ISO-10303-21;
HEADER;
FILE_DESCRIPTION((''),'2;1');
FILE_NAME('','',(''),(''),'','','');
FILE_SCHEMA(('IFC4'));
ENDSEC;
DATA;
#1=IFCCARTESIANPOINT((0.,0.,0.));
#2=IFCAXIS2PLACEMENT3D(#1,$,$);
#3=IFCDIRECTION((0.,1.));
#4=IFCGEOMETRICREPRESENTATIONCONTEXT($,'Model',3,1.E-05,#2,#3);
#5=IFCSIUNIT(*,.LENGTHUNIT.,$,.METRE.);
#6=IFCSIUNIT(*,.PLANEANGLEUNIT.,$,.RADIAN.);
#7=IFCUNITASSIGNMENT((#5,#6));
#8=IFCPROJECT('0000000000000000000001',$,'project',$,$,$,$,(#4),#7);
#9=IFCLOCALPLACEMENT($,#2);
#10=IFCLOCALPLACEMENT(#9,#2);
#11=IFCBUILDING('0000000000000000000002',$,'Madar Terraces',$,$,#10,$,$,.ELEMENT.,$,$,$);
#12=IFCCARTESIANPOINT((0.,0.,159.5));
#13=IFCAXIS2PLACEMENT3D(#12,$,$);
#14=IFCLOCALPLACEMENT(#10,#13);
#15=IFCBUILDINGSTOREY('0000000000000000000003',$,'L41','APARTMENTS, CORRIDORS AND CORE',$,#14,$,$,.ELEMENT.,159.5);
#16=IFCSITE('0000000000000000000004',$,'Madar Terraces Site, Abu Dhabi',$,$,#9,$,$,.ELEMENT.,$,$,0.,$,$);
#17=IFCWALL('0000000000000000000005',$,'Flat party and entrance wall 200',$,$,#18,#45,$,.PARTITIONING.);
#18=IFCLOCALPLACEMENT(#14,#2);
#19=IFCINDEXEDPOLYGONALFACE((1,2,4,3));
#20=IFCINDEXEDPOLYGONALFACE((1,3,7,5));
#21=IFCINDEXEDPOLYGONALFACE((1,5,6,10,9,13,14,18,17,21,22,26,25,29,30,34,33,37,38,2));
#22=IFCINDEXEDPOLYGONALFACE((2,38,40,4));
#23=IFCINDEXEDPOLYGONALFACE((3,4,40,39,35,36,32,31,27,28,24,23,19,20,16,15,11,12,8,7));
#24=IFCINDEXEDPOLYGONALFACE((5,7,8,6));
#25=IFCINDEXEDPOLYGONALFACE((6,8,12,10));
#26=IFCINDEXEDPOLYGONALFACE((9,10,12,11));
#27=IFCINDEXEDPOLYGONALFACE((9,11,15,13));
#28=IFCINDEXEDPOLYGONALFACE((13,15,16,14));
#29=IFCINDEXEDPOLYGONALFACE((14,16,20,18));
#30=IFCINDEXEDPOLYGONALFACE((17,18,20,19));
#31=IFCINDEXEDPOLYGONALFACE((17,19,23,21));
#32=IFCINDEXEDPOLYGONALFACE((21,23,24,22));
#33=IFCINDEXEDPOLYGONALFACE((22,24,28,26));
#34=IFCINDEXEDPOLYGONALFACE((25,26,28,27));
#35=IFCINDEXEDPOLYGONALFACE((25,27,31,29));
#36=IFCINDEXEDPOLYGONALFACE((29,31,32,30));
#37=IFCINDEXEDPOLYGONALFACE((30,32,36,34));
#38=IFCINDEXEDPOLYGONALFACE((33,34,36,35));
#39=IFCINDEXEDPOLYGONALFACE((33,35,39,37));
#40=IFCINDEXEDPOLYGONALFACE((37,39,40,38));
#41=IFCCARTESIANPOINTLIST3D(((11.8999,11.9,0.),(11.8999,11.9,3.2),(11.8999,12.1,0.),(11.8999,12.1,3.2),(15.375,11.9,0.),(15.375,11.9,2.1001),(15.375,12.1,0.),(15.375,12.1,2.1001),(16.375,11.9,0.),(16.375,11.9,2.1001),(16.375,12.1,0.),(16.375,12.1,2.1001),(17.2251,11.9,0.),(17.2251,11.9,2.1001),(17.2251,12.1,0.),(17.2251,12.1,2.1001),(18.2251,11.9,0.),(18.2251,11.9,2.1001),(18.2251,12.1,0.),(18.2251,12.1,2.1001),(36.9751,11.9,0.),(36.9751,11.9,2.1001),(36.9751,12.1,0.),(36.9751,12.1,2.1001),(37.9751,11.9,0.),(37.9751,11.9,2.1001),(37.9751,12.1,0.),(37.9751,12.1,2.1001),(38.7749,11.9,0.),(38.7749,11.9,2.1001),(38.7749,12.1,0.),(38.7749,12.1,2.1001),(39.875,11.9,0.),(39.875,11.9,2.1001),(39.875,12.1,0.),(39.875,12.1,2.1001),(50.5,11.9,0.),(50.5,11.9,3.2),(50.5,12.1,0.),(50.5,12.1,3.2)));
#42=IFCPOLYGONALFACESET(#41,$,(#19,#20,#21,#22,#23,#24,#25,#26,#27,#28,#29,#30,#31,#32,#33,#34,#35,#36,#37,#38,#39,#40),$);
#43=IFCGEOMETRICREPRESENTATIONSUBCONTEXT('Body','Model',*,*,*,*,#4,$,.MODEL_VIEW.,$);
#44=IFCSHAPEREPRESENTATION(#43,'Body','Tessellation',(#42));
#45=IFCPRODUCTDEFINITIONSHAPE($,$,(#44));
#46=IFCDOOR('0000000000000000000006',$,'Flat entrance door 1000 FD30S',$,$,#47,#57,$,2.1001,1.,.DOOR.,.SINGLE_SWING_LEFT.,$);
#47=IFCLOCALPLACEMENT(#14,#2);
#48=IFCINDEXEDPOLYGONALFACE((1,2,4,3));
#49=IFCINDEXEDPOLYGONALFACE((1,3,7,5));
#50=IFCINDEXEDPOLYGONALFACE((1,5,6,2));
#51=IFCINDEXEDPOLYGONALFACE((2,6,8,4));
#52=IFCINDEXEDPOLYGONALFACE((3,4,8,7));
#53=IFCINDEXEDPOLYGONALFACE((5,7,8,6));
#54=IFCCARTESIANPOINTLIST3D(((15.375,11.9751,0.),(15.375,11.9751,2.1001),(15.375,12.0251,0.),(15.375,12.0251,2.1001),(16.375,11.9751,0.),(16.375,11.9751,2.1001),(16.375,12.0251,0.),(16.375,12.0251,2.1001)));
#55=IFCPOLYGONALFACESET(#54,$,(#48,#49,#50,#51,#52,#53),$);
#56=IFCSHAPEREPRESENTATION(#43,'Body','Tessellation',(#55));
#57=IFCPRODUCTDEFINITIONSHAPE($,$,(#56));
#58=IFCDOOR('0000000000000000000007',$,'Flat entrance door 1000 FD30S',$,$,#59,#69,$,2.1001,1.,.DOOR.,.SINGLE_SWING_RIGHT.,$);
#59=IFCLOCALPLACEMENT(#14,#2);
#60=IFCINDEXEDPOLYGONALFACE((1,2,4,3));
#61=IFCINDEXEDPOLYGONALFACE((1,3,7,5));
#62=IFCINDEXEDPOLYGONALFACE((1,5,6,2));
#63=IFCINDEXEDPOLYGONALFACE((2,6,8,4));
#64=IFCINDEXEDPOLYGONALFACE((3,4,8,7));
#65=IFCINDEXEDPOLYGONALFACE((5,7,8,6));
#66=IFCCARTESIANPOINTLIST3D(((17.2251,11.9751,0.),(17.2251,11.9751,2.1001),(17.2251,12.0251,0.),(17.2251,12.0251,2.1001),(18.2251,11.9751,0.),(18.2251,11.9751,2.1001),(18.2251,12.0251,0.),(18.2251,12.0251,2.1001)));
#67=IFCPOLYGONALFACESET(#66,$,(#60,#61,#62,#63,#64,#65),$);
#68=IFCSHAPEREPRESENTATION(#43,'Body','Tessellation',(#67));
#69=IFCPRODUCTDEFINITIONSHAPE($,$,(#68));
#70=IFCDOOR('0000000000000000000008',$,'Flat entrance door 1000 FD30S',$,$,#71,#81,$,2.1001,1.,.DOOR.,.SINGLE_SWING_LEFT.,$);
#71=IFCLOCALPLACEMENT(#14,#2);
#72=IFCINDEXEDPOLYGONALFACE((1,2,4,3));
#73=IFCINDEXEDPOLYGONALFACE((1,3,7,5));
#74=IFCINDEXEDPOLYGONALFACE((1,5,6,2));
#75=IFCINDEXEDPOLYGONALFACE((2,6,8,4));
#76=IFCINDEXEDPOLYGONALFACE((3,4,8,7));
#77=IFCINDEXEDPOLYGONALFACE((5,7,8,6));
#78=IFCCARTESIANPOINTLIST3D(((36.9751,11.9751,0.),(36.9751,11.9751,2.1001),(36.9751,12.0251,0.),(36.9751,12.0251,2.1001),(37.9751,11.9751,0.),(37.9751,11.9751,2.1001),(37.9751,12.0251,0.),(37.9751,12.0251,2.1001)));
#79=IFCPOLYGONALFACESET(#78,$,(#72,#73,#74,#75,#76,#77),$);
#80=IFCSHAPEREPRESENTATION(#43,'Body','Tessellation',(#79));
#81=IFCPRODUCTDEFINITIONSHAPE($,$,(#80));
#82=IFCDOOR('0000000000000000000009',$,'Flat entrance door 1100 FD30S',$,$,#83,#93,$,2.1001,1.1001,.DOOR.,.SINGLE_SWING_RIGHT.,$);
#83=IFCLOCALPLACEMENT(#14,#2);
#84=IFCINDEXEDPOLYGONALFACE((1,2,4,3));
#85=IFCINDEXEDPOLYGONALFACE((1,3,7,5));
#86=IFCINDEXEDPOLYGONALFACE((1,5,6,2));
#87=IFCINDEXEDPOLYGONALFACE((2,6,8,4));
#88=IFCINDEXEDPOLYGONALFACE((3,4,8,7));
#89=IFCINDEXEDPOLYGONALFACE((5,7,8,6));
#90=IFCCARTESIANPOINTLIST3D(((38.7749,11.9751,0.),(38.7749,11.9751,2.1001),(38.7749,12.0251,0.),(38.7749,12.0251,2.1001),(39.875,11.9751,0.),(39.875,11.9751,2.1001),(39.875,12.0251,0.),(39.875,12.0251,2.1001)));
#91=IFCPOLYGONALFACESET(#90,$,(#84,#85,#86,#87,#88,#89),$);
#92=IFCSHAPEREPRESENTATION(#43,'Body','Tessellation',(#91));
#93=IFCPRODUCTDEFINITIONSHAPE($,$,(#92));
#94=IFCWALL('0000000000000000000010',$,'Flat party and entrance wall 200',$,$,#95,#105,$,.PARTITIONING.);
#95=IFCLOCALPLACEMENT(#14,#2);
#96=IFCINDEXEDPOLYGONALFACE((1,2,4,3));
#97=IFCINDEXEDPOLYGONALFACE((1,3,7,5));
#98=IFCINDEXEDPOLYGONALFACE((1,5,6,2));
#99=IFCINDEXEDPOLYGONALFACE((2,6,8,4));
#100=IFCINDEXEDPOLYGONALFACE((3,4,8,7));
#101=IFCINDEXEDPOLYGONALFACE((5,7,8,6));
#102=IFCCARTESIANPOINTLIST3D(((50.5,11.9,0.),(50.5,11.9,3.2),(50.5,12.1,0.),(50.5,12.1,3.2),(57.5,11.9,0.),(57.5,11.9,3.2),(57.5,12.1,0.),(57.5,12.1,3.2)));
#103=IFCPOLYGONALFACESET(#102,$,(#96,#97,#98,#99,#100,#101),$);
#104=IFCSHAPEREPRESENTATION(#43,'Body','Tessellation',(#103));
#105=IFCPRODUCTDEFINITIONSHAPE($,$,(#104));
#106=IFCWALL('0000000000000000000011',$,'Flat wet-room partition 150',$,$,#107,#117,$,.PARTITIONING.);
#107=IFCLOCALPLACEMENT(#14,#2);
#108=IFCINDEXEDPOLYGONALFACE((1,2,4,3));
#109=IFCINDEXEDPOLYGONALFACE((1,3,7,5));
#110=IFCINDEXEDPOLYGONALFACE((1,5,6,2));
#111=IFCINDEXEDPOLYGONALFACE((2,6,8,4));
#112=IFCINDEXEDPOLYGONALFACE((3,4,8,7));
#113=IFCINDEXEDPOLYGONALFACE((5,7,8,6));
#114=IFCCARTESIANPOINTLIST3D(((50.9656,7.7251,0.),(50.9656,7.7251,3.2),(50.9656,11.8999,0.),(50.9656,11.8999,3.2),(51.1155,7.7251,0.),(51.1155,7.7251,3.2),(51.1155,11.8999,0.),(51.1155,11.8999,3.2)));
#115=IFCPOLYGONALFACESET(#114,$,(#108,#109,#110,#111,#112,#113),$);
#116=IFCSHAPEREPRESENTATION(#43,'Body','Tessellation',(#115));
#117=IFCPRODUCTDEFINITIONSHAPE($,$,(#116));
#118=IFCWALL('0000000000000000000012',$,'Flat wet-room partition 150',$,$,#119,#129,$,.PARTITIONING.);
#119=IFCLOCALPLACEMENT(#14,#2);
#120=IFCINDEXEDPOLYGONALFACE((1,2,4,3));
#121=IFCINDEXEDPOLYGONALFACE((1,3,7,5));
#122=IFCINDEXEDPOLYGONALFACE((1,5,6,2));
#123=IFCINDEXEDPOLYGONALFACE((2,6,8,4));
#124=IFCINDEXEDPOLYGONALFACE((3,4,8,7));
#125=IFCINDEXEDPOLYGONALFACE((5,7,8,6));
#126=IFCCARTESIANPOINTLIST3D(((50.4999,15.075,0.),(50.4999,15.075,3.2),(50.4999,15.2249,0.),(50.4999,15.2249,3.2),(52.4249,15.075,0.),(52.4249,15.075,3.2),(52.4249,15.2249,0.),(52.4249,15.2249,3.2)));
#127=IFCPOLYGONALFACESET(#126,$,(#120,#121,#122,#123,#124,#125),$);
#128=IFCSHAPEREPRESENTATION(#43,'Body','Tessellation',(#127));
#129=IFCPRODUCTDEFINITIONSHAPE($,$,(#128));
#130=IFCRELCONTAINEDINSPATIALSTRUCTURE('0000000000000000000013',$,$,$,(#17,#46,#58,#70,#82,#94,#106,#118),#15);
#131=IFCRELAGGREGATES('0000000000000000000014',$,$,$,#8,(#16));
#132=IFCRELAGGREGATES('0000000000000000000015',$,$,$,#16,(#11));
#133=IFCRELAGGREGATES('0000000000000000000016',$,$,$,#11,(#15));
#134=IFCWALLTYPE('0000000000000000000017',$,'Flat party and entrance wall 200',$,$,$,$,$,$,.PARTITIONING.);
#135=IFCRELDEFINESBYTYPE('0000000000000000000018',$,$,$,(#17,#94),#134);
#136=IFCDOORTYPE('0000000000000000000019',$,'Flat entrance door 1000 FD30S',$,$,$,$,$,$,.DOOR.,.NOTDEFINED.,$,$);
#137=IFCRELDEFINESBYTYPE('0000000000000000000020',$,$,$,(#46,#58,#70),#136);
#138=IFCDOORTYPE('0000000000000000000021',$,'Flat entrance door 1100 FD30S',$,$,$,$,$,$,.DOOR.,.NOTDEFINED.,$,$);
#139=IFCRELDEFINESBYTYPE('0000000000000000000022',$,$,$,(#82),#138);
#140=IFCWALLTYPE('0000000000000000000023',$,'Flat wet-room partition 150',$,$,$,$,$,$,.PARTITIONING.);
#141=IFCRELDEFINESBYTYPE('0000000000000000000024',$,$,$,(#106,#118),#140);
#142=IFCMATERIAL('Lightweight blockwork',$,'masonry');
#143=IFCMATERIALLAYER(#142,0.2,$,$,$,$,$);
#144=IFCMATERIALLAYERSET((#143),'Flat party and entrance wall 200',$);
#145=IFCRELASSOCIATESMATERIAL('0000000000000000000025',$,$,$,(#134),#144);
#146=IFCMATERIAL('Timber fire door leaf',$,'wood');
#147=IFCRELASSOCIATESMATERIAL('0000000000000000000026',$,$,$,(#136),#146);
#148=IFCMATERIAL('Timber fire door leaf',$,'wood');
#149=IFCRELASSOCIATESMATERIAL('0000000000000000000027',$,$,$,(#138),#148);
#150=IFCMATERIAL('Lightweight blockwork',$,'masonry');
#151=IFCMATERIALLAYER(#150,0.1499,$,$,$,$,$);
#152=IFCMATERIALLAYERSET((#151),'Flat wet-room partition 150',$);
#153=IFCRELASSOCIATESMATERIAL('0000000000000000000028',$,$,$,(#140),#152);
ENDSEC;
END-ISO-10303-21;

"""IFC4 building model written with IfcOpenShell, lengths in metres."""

from ifc_helpers import new_model, si_unit, direction, frame, frame_2d, origin, place, context, subcontext, project, spatial, rectangle, extrude, material, layer, layer_set, type_object, element, fill, save


model = new_model("IFC4")

# Units and contexts
model_context = context("Model", 3, precision=1e-05, world=origin(), true_north=direction((0.0, 1.0)))
body_context = subcontext(model_context, "Body", "Model", "MODEL_VIEW")
ifc_project = project(units=[si_unit("LENGTHUNIT", "METRE"), si_unit("PLANEANGLEUNIT", "RADIAN")], contexts=[model_context])

# Site, building, storey
site_placement = place(None, origin())
site = spatial("IfcSite", under=ifc_project, at=site_placement, Name="Madar Terraces Site, Abu Dhabi", CompositionType="ELEMENT", RefElevation=0.0)
building_placement = place(site_placement, origin())
building = spatial("IfcBuilding", under=site, at=building_placement, Name="Madar Terraces", CompositionType="ELEMENT")
storey_placement = place(building_placement, frame((0.0, 0.0, 159.5)))
storey = spatial("IfcBuildingStorey", under=building, at=storey_placement, Name="L41", Description="APARTMENTS, CORRIDORS AND CORE", CompositionType="ELEMENT", Elevation=159.5)

# Wall, openings, doors
ifc_material_1 = material(Name="Lightweight blockwork", Category="masonry")
ifc_layer_1 = layer(ifc_material_1, 0.2)
ifc_layer_set_1 = layer_set([ifc_layer_1], Name="Flat party and entrance wall 200")
wall_type_1 = type_object("IfcWallType", Name="Flat party and entrance wall 200", PredefinedType="PARTITIONING", material=ifc_layer_set_1)
wall_1_placement = place(storey_placement, frame((50.5, 12.0, 0.0), z_axis=(0.0, 0.0, 1.0), x_axis=(-1.0, 0.0, 0.0)))
wall_1 = element("IfcWall", 1, at=wall_1_placement, inside=storey, type_object=wall_type_1, Name="Flat party and entrance wall 200", PredefinedType="PARTITIONING", context=body_context, shape_type="SweptSolid", body=[
    extrude(rectangle(XDim=38.6001, YDim=0.2, at=frame_2d((19.3, 0.0))), origin(), (0.0, 0.0, 1.0), 3.2),
])
opening_1_placement = place(wall_1_placement, frame((34.125, 0.0, 0.0)))
opening_1 = element("IfcOpeningElement", 2, at=opening_1_placement, cuts=wall_1, PredefinedType="OPENING", context=body_context, shape_type="SweptSolid", body=[
    extrude(rectangle(XDim=1.0, YDim=2.1001, at=frame_2d((0.5, 1.05))), frame((0.0, 0.1099, 0.0), z_axis=(0.0, -1.0, 0.0), x_axis=(1.0, 0.0, 0.0)), (0.0, 0.0, 1.0), 0.22),
])
opening_2_placement = place(wall_1_placement, frame((32.2749, 0.0, 0.0)))
opening_2 = element("IfcOpeningElement", 3, at=opening_2_placement, cuts=wall_1, PredefinedType="OPENING", context=body_context, shape_type="SweptSolid", body=[
    extrude(rectangle(XDim=1.0, YDim=2.1001, at=frame_2d((0.5, 1.05))), frame((0.0, 0.1099, 0.0), z_axis=(0.0, -1.0, 0.0), x_axis=(1.0, 0.0, 0.0)), (0.0, 0.0, 1.0), 0.22),
])
opening_3_placement = place(wall_1_placement, frame((12.5249, 0.0, 0.0)))
opening_3 = element("IfcOpeningElement", 4, at=opening_3_placement, cuts=wall_1, PredefinedType="OPENING", context=body_context, shape_type="SweptSolid", body=[
    extrude(rectangle(XDim=1.0, YDim=2.1001, at=frame_2d((0.5, 1.05))), frame((0.0, 0.1099, 0.0), z_axis=(0.0, -1.0, 0.0), x_axis=(1.0, 0.0, 0.0)), (0.0, 0.0, 1.0), 0.22),
])
opening_4_placement = place(wall_1_placement, frame((10.625, 0.0, 0.0)))
opening_4 = element("IfcOpeningElement", 5, at=opening_4_placement, cuts=wall_1, PredefinedType="OPENING", context=body_context, shape_type="SweptSolid", body=[
    extrude(rectangle(XDim=1.1001, YDim=2.1001, at=frame_2d((0.55, 1.05))), frame((0.0, 0.1099, 0.0), z_axis=(0.0, -1.0, 0.0), x_axis=(1.0, 0.0, 0.0)), (0.0, 0.0, 1.0), 0.22),
])
ifc_material_2 = material(Name="Timber fire door leaf", Category="wood")
door_type_1 = type_object("IfcDoorType", Name="Flat entrance door 1000 FD30S", OperationType="NOTDEFINED", PredefinedType="DOOR", material=ifc_material_2)
door_1_placement = place(opening_1_placement, origin())
door_1 = element("IfcDoor", 6, at=door_1_placement, inside=storey, type_object=door_type_1, Name="Flat entrance door 1000 FD30S", OperationType="SINGLE_SWING_LEFT", OverallHeight=2.1001, OverallWidth=1.0, PredefinedType="DOOR", context=body_context, shape_type="SweptSolid", body=[
    extrude(rectangle(XDim=1.0, YDim=2.1001, at=frame_2d((0.5, 1.05))), frame((0.0, 0.0249, 0.0), z_axis=(0.0, -1.0, 0.0), x_axis=(1.0, 0.0, 0.0)), (0.0, 0.0, 1.0), 0.05),
])
fill(opening_1, door_1)
door_2_placement = place(opening_2_placement, origin())
door_2 = element("IfcDoor", 7, at=door_2_placement, inside=storey, type_object=door_type_1, Name="Flat entrance door 1000 FD30S", OperationType="SINGLE_SWING_RIGHT", OverallHeight=2.1001, OverallWidth=1.0, PredefinedType="DOOR", context=body_context, shape_type="SweptSolid", body=[
    extrude(rectangle(XDim=1.0, YDim=2.1001, at=frame_2d((0.5, 1.05))), frame((0.0, 0.0249, 0.0), z_axis=(0.0, -1.0, 0.0), x_axis=(1.0, 0.0, 0.0)), (0.0, 0.0, 1.0), 0.05),
])
fill(opening_2, door_2)
door_3_placement = place(opening_3_placement, origin())
door_3 = element("IfcDoor", 8, at=door_3_placement, inside=storey, type_object=door_type_1, Name="Flat entrance door 1000 FD30S", OperationType="SINGLE_SWING_LEFT", OverallHeight=2.1001, OverallWidth=1.0, PredefinedType="DOOR", context=body_context, shape_type="SweptSolid", body=[
    extrude(rectangle(XDim=1.0, YDim=2.1001, at=frame_2d((0.5, 1.05))), frame((0.0, 0.0249, 0.0), z_axis=(0.0, -1.0, 0.0), x_axis=(1.0, 0.0, 0.0)), (0.0, 0.0, 1.0), 0.05),
])
fill(opening_3, door_3)
ifc_material_3 = material(Name="Timber fire door leaf", Category="wood")
door_type_2 = type_object("IfcDoorType", Name="Flat entrance door 1100 FD30S", OperationType="NOTDEFINED", PredefinedType="DOOR", material=ifc_material_3)
door_4_placement = place(opening_4_placement, origin())
door_4 = element("IfcDoor", 9, at=door_4_placement, inside=storey, type_object=door_type_2, Name="Flat entrance door 1100 FD30S", OperationType="SINGLE_SWING_RIGHT", OverallHeight=2.1001, OverallWidth=1.1001, PredefinedType="DOOR", context=body_context, shape_type="SweptSolid", body=[
    extrude(rectangle(XDim=1.1001, YDim=2.1001, at=frame_2d((0.55, 1.05))), frame((0.0, 0.0249, 0.0), z_axis=(0.0, -1.0, 0.0), x_axis=(1.0, 0.0, 0.0)), (0.0, 0.0, 1.0), 0.05),
])
fill(opening_4, door_4)

# Walls
wall_2_placement = place(storey_placement, frame((50.5, 12.0, 0.0), z_axis=(0.0, 0.0, 1.0), x_axis=(1.0, 0.0, 0.0)))
element("IfcWall", 10, at=wall_2_placement, inside=storey, type_object=wall_type_1, Name="Flat party and entrance wall 200", PredefinedType="PARTITIONING", context=body_context, shape_type="SweptSolid", body=[
    extrude(rectangle(XDim=7.0, YDim=0.2, at=frame_2d((3.5, 0.0))), origin(), (0.0, 0.0, 1.0), 3.2),
])
ifc_material_4 = material(Name="Lightweight blockwork", Category="masonry")
ifc_layer_2 = layer(ifc_material_4, 0.1499)
ifc_layer_set_2 = layer_set([ifc_layer_2], Name="Flat wet-room partition 150")
wall_type_2 = type_object("IfcWallType", Name="Flat wet-room partition 150", PredefinedType="PARTITIONING", material=ifc_layer_set_2)
wall_3_placement = place(storey_placement, frame((51.0405, 11.8999, 0.0), z_axis=(0.0, 0.0, 1.0), x_axis=(0.0, -1.0, 0.0)))
element("IfcWall", 11, at=wall_3_placement, inside=storey, type_object=wall_type_2, Name="Flat wet-room partition 150", PredefinedType="PARTITIONING", context=body_context, shape_type="SweptSolid", body=[
    extrude(rectangle(XDim=4.1748, YDim=0.1499, at=frame_2d((2.0874, 0.0))), origin(), (0.0, 0.0, 1.0), 3.2),
])
wall_4_placement = place(storey_placement, frame((50.5, 15.1499, 0.0), z_axis=(0.0, 0.0, 1.0), x_axis=(1.0, 0.0, 0.0)))
element("IfcWall", 12, at=wall_4_placement, inside=storey, type_object=wall_type_2, Name="Flat wet-room partition 150", PredefinedType="PARTITIONING", context=body_context, shape_type="SweptSolid", body=[
    extrude(rectangle(XDim=1.925, YDim=0.1499, at=frame_2d((0.9624, 0.0))), origin(), (0.0, 0.0, 1.0), 3.2),
])

save(model, "model.ifc")
